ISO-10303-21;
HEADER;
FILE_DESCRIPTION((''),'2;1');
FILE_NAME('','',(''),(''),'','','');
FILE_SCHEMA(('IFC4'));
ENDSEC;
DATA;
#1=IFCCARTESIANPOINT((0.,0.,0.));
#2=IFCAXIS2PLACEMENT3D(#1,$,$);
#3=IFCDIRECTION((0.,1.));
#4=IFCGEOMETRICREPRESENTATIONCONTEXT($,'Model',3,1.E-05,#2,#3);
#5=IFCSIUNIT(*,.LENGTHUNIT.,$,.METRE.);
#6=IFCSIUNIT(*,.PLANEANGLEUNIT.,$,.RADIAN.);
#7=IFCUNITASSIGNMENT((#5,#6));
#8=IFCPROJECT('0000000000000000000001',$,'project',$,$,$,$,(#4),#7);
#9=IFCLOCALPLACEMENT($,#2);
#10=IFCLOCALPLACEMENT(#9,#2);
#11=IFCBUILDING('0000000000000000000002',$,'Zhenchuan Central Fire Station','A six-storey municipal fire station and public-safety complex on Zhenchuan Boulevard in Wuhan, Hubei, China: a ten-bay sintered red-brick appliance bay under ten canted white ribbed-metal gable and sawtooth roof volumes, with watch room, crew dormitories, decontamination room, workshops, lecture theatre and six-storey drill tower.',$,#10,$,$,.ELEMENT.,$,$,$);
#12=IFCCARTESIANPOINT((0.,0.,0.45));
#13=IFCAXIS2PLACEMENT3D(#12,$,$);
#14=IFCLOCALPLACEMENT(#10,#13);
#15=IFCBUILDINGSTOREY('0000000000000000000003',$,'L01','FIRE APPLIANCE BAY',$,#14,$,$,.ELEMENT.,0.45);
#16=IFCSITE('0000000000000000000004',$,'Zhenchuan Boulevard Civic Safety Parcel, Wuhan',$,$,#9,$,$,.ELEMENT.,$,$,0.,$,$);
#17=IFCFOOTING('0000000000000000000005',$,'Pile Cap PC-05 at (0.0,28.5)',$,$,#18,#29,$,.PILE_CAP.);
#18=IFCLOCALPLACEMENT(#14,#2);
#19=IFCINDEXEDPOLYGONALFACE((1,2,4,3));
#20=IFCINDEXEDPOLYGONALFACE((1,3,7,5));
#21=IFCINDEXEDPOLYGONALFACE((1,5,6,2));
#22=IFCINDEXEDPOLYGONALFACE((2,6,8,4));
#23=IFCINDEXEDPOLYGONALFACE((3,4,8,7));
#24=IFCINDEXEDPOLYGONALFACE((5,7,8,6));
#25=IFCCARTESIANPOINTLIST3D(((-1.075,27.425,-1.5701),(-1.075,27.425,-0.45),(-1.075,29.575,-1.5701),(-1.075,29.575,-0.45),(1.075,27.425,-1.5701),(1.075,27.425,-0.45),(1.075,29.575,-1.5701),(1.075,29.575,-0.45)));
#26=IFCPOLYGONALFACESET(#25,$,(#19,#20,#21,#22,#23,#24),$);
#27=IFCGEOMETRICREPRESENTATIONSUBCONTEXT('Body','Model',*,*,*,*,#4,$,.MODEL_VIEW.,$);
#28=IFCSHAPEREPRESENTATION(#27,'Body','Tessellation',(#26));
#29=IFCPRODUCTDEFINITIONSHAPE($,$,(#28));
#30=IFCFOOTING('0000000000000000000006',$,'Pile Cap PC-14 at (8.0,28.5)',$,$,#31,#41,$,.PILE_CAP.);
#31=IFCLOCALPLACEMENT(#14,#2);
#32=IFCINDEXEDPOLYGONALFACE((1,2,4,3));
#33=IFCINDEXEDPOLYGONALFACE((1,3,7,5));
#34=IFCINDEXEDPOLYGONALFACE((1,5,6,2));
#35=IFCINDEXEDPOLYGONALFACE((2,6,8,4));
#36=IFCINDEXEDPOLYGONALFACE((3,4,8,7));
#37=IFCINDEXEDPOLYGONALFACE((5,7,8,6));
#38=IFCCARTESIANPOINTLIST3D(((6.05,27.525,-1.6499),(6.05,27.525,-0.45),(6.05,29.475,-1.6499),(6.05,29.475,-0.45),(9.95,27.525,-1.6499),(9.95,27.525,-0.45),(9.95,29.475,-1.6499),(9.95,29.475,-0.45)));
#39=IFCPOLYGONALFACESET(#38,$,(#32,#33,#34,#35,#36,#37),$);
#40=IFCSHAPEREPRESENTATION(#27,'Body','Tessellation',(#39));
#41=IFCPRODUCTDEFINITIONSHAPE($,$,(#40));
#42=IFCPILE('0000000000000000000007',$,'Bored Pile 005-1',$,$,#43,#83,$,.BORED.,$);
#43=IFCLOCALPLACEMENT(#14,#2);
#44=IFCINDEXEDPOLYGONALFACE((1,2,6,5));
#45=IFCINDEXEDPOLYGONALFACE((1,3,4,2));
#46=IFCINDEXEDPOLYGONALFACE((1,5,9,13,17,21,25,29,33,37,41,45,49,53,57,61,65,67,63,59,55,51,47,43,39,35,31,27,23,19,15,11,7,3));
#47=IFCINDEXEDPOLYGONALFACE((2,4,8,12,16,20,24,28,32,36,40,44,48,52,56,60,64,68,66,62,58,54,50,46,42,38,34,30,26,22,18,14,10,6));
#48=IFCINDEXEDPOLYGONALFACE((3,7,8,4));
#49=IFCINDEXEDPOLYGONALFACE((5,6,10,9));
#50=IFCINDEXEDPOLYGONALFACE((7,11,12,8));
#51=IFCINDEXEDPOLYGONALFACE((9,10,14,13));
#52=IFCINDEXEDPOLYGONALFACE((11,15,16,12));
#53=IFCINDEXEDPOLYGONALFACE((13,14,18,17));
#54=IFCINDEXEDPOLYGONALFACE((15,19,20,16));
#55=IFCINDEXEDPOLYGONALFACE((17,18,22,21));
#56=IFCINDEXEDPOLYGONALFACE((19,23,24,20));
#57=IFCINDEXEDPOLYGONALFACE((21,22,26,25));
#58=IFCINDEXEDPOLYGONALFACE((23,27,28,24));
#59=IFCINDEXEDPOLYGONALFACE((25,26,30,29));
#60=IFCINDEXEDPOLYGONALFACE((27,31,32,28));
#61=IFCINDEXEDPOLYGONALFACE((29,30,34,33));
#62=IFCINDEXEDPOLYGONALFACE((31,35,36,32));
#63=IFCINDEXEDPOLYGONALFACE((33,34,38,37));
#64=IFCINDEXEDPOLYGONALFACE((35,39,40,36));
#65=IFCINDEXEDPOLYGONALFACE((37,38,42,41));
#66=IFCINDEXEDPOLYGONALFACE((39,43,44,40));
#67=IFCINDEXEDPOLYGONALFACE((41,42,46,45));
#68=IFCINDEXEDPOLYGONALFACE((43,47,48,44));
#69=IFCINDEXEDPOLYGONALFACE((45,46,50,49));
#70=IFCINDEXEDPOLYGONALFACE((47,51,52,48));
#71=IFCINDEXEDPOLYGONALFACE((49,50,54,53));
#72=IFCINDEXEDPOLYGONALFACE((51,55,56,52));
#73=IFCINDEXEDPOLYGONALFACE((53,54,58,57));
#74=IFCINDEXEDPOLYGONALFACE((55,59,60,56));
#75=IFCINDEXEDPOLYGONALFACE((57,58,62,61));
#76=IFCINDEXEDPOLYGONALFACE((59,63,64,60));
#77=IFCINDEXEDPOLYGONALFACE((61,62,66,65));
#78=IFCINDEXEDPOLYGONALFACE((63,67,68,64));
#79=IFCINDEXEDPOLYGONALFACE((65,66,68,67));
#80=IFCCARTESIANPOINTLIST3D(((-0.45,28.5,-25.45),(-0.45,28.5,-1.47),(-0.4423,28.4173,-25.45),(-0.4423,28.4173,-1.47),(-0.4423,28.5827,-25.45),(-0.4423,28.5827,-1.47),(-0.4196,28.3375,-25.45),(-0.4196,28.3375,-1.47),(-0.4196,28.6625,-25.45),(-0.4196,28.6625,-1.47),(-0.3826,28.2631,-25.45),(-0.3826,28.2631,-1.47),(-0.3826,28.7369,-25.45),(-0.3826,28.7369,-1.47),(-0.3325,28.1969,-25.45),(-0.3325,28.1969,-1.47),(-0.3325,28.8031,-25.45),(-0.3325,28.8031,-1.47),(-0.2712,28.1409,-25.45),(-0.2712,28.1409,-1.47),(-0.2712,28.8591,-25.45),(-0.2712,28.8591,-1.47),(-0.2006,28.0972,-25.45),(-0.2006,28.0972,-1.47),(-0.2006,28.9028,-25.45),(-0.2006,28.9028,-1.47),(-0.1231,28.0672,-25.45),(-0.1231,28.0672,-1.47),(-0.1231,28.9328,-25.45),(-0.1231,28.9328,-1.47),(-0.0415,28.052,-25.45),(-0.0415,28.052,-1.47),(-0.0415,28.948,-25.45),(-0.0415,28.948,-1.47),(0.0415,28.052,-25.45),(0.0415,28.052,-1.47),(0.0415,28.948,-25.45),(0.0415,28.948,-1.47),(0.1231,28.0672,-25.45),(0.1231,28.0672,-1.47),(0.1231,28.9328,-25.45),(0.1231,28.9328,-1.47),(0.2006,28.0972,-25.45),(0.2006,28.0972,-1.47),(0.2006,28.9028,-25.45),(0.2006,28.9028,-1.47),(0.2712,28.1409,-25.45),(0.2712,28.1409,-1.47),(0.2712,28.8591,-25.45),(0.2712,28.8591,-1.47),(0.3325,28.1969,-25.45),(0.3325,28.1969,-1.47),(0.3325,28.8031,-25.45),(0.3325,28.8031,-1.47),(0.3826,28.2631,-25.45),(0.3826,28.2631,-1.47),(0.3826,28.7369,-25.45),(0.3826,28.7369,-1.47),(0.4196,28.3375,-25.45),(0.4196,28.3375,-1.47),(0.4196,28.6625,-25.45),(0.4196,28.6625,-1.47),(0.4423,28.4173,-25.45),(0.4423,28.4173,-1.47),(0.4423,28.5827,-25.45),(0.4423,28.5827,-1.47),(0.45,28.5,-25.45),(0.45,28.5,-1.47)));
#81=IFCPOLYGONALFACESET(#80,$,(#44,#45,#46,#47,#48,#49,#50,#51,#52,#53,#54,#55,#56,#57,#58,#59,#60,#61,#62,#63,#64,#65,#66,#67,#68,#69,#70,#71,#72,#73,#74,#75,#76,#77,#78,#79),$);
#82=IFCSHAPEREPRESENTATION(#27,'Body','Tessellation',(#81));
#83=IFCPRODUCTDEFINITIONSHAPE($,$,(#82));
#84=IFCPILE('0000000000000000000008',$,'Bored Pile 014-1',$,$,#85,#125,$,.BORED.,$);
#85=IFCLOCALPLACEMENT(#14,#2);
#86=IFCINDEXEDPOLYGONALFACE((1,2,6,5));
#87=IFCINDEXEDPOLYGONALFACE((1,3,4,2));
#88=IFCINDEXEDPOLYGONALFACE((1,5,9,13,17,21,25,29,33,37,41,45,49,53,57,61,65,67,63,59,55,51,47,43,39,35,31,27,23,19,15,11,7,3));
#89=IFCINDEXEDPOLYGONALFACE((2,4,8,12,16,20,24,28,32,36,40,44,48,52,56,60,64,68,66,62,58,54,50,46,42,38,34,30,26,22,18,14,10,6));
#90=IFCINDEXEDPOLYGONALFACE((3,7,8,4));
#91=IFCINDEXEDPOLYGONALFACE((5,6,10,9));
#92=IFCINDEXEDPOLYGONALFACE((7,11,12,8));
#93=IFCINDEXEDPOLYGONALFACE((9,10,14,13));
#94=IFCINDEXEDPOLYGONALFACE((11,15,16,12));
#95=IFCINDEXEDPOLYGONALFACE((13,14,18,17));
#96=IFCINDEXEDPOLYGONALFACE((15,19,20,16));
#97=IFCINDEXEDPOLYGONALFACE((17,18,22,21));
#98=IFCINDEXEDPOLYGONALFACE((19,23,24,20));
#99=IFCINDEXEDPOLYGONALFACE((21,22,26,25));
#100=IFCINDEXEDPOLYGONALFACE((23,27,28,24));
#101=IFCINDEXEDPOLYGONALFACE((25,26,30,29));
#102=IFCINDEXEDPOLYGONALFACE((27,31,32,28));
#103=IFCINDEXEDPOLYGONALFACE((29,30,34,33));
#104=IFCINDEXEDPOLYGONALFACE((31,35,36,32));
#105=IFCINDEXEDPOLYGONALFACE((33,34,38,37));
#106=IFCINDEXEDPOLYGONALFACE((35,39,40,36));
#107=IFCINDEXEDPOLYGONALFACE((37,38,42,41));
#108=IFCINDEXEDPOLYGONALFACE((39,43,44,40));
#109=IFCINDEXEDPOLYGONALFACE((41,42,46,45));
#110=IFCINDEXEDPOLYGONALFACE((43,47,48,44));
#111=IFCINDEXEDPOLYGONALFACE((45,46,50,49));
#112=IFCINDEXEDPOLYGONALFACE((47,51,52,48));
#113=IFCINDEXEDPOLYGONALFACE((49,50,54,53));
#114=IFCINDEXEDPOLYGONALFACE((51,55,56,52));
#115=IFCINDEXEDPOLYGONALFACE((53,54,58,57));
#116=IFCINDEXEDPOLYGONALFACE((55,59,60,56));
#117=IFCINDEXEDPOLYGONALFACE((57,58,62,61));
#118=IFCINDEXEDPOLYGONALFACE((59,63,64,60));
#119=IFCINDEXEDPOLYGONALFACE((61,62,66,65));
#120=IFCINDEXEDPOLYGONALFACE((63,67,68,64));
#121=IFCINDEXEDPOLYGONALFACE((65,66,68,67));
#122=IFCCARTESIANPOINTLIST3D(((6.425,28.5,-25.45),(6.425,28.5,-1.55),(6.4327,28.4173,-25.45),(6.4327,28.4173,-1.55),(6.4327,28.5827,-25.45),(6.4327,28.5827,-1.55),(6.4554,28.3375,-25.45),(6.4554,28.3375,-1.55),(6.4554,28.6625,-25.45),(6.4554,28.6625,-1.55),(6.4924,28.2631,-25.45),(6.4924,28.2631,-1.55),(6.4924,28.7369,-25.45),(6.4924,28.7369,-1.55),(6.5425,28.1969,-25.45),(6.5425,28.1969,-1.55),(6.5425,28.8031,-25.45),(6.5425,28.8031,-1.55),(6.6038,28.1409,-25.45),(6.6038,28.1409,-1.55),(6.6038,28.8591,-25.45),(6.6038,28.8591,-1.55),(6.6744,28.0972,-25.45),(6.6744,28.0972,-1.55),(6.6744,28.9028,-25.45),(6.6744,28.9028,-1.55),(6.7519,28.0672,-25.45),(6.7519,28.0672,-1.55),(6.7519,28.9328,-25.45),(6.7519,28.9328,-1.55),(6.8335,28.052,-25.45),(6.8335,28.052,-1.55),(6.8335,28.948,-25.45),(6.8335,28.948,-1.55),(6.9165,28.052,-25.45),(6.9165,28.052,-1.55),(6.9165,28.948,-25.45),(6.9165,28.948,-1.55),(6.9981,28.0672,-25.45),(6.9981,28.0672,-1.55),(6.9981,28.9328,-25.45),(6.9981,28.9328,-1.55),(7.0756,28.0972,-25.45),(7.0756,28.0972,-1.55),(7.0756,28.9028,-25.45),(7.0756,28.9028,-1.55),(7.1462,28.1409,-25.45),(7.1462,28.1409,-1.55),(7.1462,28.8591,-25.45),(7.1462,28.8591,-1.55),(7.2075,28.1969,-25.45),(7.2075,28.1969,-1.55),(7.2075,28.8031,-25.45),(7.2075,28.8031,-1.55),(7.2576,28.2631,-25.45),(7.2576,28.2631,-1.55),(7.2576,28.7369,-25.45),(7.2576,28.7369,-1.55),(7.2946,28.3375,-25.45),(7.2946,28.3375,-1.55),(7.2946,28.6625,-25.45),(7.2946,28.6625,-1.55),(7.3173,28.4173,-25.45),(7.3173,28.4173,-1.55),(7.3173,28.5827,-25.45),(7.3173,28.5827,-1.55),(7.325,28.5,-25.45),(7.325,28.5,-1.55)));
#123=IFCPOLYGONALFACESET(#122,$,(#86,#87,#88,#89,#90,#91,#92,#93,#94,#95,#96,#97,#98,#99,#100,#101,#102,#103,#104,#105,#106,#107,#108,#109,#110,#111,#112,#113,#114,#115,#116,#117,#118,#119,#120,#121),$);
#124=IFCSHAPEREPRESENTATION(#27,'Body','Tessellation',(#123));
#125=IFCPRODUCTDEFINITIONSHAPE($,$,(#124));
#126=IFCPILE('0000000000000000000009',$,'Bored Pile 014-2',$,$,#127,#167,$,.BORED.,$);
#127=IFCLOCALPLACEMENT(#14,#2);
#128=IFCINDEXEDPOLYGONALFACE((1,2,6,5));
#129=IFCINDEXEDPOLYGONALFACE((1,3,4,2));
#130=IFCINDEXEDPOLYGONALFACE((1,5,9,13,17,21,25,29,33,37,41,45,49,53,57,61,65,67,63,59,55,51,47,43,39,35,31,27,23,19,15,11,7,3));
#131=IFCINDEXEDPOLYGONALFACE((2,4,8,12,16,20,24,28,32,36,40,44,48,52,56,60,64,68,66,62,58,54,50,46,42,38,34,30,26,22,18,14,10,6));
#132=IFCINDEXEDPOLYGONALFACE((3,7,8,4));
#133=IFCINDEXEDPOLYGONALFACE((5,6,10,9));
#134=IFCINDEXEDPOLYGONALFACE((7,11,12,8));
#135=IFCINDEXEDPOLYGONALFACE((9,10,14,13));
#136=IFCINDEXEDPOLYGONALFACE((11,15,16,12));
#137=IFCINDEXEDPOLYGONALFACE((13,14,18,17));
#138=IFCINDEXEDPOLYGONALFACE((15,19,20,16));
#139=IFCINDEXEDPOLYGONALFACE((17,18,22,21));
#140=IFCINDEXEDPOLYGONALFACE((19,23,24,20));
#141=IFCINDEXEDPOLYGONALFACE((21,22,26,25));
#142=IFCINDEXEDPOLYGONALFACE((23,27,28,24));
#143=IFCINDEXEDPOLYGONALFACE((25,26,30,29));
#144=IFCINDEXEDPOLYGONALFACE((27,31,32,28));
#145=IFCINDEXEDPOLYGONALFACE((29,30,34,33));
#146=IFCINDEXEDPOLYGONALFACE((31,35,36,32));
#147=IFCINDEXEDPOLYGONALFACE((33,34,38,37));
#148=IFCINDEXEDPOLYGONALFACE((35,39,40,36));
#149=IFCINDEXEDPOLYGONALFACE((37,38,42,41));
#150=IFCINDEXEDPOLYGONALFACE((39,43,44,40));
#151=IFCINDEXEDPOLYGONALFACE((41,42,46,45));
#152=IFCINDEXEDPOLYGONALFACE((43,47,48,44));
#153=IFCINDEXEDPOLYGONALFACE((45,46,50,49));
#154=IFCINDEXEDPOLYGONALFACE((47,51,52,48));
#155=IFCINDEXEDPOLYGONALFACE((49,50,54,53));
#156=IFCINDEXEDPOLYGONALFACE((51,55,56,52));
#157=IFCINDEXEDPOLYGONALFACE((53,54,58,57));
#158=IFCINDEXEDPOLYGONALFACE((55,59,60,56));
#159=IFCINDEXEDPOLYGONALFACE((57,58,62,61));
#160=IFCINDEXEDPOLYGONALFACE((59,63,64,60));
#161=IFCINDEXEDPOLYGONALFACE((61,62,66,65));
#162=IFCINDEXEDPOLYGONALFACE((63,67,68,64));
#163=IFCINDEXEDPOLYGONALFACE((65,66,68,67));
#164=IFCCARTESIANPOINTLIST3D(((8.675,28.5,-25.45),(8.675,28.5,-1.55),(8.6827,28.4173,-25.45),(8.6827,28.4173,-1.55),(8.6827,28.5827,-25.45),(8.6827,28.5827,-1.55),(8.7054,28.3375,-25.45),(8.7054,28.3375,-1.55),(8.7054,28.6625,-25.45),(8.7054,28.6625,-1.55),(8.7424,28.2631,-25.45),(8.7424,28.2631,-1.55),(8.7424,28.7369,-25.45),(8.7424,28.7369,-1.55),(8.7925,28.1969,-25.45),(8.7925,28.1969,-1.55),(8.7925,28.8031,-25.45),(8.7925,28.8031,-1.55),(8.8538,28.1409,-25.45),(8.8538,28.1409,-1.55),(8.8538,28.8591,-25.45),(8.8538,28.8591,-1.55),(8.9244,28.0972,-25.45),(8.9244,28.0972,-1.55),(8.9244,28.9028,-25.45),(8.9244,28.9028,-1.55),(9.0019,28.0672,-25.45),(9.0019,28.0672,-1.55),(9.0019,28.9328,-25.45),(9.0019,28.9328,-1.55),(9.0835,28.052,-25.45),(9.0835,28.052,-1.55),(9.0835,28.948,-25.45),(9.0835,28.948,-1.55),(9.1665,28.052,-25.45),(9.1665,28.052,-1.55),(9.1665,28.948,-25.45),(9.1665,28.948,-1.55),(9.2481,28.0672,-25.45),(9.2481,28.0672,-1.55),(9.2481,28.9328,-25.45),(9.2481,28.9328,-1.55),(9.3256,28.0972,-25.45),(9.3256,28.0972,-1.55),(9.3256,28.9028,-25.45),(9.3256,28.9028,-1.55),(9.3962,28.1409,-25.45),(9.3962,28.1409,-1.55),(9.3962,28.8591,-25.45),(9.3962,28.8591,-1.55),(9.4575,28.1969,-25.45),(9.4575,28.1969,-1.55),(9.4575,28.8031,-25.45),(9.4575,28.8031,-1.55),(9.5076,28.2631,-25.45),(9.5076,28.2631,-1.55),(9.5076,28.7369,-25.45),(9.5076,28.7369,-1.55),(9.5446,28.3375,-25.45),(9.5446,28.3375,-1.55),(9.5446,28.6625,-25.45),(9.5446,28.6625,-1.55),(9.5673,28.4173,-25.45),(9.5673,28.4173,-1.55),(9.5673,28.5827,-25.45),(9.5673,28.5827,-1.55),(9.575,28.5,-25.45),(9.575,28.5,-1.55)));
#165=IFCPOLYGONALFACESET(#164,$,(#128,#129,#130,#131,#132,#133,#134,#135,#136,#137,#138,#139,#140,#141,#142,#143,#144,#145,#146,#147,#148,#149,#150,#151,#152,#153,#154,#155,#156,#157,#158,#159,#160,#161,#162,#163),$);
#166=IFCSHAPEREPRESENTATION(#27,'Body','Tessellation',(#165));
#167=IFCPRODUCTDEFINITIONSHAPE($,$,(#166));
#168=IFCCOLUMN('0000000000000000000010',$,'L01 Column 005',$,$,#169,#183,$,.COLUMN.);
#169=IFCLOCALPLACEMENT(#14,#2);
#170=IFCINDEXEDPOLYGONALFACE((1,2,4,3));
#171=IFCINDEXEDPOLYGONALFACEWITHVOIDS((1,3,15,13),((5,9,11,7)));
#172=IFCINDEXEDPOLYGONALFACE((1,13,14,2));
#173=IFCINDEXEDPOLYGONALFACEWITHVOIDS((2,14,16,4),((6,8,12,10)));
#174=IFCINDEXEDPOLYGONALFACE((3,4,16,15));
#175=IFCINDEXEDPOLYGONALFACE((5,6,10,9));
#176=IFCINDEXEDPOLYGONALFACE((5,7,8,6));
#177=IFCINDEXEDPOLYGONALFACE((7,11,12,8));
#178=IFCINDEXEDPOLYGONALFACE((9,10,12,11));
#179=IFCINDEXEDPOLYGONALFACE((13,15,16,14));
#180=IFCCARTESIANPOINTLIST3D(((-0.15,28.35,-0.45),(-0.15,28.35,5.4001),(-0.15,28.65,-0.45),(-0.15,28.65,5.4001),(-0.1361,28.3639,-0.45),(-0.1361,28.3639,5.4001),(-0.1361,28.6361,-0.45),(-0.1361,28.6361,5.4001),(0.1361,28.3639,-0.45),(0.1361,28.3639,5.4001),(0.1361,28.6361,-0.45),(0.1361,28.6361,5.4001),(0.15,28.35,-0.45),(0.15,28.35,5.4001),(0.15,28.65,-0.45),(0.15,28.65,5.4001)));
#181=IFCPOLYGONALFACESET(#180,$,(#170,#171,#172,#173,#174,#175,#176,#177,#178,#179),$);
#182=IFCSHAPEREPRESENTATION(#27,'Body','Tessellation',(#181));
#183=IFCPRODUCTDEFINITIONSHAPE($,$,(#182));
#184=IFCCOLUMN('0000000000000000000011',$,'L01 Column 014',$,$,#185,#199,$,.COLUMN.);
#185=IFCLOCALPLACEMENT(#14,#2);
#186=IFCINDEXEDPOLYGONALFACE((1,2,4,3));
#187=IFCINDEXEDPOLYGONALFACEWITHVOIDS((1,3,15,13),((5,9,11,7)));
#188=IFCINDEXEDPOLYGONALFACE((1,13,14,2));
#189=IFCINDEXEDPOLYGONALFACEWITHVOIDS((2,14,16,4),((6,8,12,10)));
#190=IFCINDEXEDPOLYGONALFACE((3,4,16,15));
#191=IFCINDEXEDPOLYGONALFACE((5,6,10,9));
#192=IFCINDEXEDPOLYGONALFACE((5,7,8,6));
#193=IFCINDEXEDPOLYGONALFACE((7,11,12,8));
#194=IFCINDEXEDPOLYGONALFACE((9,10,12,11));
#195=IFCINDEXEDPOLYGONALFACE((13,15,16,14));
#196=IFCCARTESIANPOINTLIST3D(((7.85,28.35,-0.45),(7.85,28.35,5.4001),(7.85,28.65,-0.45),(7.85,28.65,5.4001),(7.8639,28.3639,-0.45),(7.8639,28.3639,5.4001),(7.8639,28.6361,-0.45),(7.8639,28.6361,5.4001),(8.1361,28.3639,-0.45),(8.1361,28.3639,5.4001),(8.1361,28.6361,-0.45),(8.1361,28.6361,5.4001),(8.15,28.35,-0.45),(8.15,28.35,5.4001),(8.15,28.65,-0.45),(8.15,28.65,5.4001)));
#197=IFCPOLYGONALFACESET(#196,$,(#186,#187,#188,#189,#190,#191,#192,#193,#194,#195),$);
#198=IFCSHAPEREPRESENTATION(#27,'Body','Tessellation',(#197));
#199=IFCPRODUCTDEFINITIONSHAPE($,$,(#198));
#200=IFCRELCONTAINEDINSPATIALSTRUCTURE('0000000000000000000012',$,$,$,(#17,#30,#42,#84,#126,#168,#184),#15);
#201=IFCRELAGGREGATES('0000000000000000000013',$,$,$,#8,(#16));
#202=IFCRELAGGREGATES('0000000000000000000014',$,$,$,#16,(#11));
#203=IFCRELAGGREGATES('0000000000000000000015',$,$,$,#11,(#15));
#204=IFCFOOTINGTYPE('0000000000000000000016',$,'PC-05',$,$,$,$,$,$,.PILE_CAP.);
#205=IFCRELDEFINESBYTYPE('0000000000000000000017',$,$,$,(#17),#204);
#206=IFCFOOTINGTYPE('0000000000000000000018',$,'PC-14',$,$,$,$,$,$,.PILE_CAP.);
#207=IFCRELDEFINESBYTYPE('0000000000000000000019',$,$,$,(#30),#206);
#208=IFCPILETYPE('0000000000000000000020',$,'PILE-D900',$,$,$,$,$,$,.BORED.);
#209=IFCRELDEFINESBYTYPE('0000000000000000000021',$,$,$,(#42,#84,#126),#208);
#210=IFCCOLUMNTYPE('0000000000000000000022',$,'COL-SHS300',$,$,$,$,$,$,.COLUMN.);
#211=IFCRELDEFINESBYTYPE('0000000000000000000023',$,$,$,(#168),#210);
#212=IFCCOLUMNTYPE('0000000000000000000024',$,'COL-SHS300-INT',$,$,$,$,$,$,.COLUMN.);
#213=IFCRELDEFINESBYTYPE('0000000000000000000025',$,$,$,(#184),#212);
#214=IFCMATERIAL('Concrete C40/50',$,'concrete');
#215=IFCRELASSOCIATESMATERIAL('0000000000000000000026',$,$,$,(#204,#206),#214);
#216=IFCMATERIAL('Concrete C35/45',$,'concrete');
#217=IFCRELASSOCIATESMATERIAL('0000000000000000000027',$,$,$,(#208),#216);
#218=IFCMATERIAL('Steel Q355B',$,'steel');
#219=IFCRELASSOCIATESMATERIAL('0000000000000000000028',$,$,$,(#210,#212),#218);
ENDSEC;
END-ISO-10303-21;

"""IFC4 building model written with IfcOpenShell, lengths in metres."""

from ifc_helpers import new_model, si_unit, direction, frame, origin, origin_2d, place, context, subcontext, project, spatial, rectangle, hollow_rectangle, circle, extrude, material, material_profile, profile_set, type_object, element, save


model = new_model("IFC4")

# Units and contexts
model_context = context("Model", 3, precision=1e-05, world=origin(), true_north=direction((0.0, 1.0)))
body_context = subcontext(model_context, "Body", "Model", "MODEL_VIEW")
ifc_project = project(units=[si_unit("LENGTHUNIT", "METRE"), si_unit("PLANEANGLEUNIT", "RADIAN")], contexts=[model_context])

# Site, building, storey
site_placement = place(None, origin())
site = spatial("IfcSite", under=ifc_project, at=site_placement, Name="Zhenchuan Boulevard Civic Safety Parcel, Wuhan", CompositionType="ELEMENT", RefElevation=0.0)
building_placement = place(site_placement, origin())
building = spatial("IfcBuilding", under=site, at=building_placement, Name="Zhenchuan Central Fire Station", Description="A six-storey municipal fire station and public-safety complex on Zhenchuan Boulevard in Wuhan, Hubei, China: a ten-bay sintered red-brick appliance bay under ten canted white ribbed-metal gable and sawtooth roof volumes, with watch room, crew dormitories, decontamination room, workshops, lecture theatre and six-storey drill tower.", CompositionType="ELEMENT")
storey_placement = place(building_placement, frame((0.0, 0.0, 0.45)))
storey = spatial("IfcBuildingStorey", under=building, at=storey_placement, Name="L01", Description="FIRE APPLIANCE BAY", CompositionType="ELEMENT", Elevation=0.45)

# Footings
ifc_material_1 = material(Name="Concrete C40/50", Category="concrete")
footing_type_1 = type_object("IfcFootingType", Name="PC-05", PredefinedType="PILE_CAP", material=ifc_material_1)
footing_1_placement = place(storey_placement, frame((0.0, 28.5, -1.5701), z_axis=(0.0, 0.0, 1.0), x_axis=(1.0, 0.0, 0.0)))
element("IfcFooting", 1, at=footing_1_placement, inside=storey, type_object=footing_type_1, Name="Pile Cap PC-05 at (0.0,28.5)", PredefinedType="PILE_CAP", context=body_context, shape_type="SweptSolid", body=[
    extrude(rectangle(XDim=2.1499, YDim=2.1499, at=origin_2d()), origin(), (0.0, 0.0, 1.0), 1.1201),
])
footing_type_2 = type_object("IfcFootingType", Name="PC-14", PredefinedType="PILE_CAP", material=ifc_material_1)
footing_2_placement = place(storey_placement, frame((8.0, 28.5, -1.6499), z_axis=(0.0, 0.0, 1.0), x_axis=(1.0, 0.0, 0.0)))
element("IfcFooting", 2, at=footing_2_placement, inside=storey, type_object=footing_type_2, Name="Pile Cap PC-14 at (8.0,28.5)", PredefinedType="PILE_CAP", context=body_context, shape_type="SweptSolid", body=[
    extrude(rectangle(XDim=3.8999, YDim=1.95, at=origin_2d()), origin(), (0.0, 0.0, 1.0), 1.2),
])

# Piles
ifc_material_2 = material(Name="Concrete C35/45", Category="concrete")
ifc_material_profile_1 = material_profile(ifc_material_2, circle(Radius=0.45, at=origin_2d()), Name="PILE D900")
ifc_profile_set_1 = profile_set([ifc_material_profile_1], Name="Concrete C35/45")
pile_type = type_object("IfcPileType", Name="PILE-D900", PredefinedType="BORED", material=ifc_profile_set_1)
pile_placement = place(storey_placement, frame((0.0, 28.5, -1.47), z_axis=(0.0, 0.0, -1.0), x_axis=(1.0, 0.0, 0.0)))
element("IfcPile", 3, at=pile_placement, inside=storey, type_object=pile_type, Name="Bored Pile 005-1", PredefinedType="BORED", context=body_context, shape_type="SweptSolid", body=[
    extrude(circle(Radius=0.45, at=origin_2d()), origin(), (0.0, 0.0, 1.0), 23.98),
])
for number, where, z_axis, x_axis, name in (
    (4, (6.875, 28.5, -1.55), (0.0, 0.0, -1.0), (1.0, 0.0, 0.0), "Bored Pile 014-1"),
    (5, (9.125, 28.5, -1.55), (0.0, 0.0, -1.0), (1.0, 0.0, 0.0), "Bored Pile 014-2"),
):
    element("IfcPile", number, at=place(storey_placement, frame(where, z_axis=z_axis, x_axis=x_axis)), inside=storey, type_object=pile_type, Name=name, PredefinedType="BORED", context=body_context, shape_type="SweptSolid", body=[
        extrude(circle(Radius=0.45, at=origin_2d()), origin(), (0.0, 0.0, 1.0), 23.8999),
    ])

# Columns
ifc_material_3 = material(Name="Steel Q355B", Category="steel")
ifc_material_profile_2 = material_profile(ifc_material_3, hollow_rectangle(XDim=0.3, YDim=0.3, WallThickness=0.0139, at=origin_2d()), Name="SHS 300x300x14")
ifc_profile_set_2 = profile_set([ifc_material_profile_2], Name="Steel Q355B")
column_type_1 = type_object("IfcColumnType", Name="COL-SHS300", PredefinedType="COLUMN", material=ifc_profile_set_2)
column_1_placement = place(storey_placement, frame((0.0, 28.5, -0.45), z_axis=(0.0, 0.0, 1.0), x_axis=(1.0, 0.0, 0.0)))
element("IfcColumn", 6, at=column_1_placement, inside=storey, type_object=column_type_1, Name="L01 Column 005", PredefinedType="COLUMN", context=body_context, shape_type="SweptSolid", body=[
    extrude(hollow_rectangle(XDim=0.3, YDim=0.3, WallThickness=0.0139, at=origin_2d()), origin(), (0.0, 0.0, 1.0), 5.8501),
])
ifc_material_profile_3 = material_profile(ifc_material_3, hollow_rectangle(XDim=0.3, YDim=0.3, WallThickness=0.0139, at=origin_2d()), Name="SHS 300x300x14")
ifc_profile_set_3 = profile_set([ifc_material_profile_3], Name="Steel Q355B")
column_type_2 = type_object("IfcColumnType", Name="COL-SHS300-INT", PredefinedType="COLUMN", material=ifc_profile_set_3)
column_2_placement = place(storey_placement, frame((8.0, 28.5, -0.45), z_axis=(0.0, 0.0, 1.0), x_axis=(1.0, 0.0, 0.0)))
element("IfcColumn", 7, at=column_2_placement, inside=storey, type_object=column_type_2, Name="L01 Column 014", PredefinedType="COLUMN", context=body_context, shape_type="SweptSolid", body=[
    extrude(hollow_rectangle(XDim=0.3, YDim=0.3, WallThickness=0.0139, at=origin_2d()), origin(), (0.0, 0.0, 1.0), 5.8501),
])

save(model, "model.ifc")
